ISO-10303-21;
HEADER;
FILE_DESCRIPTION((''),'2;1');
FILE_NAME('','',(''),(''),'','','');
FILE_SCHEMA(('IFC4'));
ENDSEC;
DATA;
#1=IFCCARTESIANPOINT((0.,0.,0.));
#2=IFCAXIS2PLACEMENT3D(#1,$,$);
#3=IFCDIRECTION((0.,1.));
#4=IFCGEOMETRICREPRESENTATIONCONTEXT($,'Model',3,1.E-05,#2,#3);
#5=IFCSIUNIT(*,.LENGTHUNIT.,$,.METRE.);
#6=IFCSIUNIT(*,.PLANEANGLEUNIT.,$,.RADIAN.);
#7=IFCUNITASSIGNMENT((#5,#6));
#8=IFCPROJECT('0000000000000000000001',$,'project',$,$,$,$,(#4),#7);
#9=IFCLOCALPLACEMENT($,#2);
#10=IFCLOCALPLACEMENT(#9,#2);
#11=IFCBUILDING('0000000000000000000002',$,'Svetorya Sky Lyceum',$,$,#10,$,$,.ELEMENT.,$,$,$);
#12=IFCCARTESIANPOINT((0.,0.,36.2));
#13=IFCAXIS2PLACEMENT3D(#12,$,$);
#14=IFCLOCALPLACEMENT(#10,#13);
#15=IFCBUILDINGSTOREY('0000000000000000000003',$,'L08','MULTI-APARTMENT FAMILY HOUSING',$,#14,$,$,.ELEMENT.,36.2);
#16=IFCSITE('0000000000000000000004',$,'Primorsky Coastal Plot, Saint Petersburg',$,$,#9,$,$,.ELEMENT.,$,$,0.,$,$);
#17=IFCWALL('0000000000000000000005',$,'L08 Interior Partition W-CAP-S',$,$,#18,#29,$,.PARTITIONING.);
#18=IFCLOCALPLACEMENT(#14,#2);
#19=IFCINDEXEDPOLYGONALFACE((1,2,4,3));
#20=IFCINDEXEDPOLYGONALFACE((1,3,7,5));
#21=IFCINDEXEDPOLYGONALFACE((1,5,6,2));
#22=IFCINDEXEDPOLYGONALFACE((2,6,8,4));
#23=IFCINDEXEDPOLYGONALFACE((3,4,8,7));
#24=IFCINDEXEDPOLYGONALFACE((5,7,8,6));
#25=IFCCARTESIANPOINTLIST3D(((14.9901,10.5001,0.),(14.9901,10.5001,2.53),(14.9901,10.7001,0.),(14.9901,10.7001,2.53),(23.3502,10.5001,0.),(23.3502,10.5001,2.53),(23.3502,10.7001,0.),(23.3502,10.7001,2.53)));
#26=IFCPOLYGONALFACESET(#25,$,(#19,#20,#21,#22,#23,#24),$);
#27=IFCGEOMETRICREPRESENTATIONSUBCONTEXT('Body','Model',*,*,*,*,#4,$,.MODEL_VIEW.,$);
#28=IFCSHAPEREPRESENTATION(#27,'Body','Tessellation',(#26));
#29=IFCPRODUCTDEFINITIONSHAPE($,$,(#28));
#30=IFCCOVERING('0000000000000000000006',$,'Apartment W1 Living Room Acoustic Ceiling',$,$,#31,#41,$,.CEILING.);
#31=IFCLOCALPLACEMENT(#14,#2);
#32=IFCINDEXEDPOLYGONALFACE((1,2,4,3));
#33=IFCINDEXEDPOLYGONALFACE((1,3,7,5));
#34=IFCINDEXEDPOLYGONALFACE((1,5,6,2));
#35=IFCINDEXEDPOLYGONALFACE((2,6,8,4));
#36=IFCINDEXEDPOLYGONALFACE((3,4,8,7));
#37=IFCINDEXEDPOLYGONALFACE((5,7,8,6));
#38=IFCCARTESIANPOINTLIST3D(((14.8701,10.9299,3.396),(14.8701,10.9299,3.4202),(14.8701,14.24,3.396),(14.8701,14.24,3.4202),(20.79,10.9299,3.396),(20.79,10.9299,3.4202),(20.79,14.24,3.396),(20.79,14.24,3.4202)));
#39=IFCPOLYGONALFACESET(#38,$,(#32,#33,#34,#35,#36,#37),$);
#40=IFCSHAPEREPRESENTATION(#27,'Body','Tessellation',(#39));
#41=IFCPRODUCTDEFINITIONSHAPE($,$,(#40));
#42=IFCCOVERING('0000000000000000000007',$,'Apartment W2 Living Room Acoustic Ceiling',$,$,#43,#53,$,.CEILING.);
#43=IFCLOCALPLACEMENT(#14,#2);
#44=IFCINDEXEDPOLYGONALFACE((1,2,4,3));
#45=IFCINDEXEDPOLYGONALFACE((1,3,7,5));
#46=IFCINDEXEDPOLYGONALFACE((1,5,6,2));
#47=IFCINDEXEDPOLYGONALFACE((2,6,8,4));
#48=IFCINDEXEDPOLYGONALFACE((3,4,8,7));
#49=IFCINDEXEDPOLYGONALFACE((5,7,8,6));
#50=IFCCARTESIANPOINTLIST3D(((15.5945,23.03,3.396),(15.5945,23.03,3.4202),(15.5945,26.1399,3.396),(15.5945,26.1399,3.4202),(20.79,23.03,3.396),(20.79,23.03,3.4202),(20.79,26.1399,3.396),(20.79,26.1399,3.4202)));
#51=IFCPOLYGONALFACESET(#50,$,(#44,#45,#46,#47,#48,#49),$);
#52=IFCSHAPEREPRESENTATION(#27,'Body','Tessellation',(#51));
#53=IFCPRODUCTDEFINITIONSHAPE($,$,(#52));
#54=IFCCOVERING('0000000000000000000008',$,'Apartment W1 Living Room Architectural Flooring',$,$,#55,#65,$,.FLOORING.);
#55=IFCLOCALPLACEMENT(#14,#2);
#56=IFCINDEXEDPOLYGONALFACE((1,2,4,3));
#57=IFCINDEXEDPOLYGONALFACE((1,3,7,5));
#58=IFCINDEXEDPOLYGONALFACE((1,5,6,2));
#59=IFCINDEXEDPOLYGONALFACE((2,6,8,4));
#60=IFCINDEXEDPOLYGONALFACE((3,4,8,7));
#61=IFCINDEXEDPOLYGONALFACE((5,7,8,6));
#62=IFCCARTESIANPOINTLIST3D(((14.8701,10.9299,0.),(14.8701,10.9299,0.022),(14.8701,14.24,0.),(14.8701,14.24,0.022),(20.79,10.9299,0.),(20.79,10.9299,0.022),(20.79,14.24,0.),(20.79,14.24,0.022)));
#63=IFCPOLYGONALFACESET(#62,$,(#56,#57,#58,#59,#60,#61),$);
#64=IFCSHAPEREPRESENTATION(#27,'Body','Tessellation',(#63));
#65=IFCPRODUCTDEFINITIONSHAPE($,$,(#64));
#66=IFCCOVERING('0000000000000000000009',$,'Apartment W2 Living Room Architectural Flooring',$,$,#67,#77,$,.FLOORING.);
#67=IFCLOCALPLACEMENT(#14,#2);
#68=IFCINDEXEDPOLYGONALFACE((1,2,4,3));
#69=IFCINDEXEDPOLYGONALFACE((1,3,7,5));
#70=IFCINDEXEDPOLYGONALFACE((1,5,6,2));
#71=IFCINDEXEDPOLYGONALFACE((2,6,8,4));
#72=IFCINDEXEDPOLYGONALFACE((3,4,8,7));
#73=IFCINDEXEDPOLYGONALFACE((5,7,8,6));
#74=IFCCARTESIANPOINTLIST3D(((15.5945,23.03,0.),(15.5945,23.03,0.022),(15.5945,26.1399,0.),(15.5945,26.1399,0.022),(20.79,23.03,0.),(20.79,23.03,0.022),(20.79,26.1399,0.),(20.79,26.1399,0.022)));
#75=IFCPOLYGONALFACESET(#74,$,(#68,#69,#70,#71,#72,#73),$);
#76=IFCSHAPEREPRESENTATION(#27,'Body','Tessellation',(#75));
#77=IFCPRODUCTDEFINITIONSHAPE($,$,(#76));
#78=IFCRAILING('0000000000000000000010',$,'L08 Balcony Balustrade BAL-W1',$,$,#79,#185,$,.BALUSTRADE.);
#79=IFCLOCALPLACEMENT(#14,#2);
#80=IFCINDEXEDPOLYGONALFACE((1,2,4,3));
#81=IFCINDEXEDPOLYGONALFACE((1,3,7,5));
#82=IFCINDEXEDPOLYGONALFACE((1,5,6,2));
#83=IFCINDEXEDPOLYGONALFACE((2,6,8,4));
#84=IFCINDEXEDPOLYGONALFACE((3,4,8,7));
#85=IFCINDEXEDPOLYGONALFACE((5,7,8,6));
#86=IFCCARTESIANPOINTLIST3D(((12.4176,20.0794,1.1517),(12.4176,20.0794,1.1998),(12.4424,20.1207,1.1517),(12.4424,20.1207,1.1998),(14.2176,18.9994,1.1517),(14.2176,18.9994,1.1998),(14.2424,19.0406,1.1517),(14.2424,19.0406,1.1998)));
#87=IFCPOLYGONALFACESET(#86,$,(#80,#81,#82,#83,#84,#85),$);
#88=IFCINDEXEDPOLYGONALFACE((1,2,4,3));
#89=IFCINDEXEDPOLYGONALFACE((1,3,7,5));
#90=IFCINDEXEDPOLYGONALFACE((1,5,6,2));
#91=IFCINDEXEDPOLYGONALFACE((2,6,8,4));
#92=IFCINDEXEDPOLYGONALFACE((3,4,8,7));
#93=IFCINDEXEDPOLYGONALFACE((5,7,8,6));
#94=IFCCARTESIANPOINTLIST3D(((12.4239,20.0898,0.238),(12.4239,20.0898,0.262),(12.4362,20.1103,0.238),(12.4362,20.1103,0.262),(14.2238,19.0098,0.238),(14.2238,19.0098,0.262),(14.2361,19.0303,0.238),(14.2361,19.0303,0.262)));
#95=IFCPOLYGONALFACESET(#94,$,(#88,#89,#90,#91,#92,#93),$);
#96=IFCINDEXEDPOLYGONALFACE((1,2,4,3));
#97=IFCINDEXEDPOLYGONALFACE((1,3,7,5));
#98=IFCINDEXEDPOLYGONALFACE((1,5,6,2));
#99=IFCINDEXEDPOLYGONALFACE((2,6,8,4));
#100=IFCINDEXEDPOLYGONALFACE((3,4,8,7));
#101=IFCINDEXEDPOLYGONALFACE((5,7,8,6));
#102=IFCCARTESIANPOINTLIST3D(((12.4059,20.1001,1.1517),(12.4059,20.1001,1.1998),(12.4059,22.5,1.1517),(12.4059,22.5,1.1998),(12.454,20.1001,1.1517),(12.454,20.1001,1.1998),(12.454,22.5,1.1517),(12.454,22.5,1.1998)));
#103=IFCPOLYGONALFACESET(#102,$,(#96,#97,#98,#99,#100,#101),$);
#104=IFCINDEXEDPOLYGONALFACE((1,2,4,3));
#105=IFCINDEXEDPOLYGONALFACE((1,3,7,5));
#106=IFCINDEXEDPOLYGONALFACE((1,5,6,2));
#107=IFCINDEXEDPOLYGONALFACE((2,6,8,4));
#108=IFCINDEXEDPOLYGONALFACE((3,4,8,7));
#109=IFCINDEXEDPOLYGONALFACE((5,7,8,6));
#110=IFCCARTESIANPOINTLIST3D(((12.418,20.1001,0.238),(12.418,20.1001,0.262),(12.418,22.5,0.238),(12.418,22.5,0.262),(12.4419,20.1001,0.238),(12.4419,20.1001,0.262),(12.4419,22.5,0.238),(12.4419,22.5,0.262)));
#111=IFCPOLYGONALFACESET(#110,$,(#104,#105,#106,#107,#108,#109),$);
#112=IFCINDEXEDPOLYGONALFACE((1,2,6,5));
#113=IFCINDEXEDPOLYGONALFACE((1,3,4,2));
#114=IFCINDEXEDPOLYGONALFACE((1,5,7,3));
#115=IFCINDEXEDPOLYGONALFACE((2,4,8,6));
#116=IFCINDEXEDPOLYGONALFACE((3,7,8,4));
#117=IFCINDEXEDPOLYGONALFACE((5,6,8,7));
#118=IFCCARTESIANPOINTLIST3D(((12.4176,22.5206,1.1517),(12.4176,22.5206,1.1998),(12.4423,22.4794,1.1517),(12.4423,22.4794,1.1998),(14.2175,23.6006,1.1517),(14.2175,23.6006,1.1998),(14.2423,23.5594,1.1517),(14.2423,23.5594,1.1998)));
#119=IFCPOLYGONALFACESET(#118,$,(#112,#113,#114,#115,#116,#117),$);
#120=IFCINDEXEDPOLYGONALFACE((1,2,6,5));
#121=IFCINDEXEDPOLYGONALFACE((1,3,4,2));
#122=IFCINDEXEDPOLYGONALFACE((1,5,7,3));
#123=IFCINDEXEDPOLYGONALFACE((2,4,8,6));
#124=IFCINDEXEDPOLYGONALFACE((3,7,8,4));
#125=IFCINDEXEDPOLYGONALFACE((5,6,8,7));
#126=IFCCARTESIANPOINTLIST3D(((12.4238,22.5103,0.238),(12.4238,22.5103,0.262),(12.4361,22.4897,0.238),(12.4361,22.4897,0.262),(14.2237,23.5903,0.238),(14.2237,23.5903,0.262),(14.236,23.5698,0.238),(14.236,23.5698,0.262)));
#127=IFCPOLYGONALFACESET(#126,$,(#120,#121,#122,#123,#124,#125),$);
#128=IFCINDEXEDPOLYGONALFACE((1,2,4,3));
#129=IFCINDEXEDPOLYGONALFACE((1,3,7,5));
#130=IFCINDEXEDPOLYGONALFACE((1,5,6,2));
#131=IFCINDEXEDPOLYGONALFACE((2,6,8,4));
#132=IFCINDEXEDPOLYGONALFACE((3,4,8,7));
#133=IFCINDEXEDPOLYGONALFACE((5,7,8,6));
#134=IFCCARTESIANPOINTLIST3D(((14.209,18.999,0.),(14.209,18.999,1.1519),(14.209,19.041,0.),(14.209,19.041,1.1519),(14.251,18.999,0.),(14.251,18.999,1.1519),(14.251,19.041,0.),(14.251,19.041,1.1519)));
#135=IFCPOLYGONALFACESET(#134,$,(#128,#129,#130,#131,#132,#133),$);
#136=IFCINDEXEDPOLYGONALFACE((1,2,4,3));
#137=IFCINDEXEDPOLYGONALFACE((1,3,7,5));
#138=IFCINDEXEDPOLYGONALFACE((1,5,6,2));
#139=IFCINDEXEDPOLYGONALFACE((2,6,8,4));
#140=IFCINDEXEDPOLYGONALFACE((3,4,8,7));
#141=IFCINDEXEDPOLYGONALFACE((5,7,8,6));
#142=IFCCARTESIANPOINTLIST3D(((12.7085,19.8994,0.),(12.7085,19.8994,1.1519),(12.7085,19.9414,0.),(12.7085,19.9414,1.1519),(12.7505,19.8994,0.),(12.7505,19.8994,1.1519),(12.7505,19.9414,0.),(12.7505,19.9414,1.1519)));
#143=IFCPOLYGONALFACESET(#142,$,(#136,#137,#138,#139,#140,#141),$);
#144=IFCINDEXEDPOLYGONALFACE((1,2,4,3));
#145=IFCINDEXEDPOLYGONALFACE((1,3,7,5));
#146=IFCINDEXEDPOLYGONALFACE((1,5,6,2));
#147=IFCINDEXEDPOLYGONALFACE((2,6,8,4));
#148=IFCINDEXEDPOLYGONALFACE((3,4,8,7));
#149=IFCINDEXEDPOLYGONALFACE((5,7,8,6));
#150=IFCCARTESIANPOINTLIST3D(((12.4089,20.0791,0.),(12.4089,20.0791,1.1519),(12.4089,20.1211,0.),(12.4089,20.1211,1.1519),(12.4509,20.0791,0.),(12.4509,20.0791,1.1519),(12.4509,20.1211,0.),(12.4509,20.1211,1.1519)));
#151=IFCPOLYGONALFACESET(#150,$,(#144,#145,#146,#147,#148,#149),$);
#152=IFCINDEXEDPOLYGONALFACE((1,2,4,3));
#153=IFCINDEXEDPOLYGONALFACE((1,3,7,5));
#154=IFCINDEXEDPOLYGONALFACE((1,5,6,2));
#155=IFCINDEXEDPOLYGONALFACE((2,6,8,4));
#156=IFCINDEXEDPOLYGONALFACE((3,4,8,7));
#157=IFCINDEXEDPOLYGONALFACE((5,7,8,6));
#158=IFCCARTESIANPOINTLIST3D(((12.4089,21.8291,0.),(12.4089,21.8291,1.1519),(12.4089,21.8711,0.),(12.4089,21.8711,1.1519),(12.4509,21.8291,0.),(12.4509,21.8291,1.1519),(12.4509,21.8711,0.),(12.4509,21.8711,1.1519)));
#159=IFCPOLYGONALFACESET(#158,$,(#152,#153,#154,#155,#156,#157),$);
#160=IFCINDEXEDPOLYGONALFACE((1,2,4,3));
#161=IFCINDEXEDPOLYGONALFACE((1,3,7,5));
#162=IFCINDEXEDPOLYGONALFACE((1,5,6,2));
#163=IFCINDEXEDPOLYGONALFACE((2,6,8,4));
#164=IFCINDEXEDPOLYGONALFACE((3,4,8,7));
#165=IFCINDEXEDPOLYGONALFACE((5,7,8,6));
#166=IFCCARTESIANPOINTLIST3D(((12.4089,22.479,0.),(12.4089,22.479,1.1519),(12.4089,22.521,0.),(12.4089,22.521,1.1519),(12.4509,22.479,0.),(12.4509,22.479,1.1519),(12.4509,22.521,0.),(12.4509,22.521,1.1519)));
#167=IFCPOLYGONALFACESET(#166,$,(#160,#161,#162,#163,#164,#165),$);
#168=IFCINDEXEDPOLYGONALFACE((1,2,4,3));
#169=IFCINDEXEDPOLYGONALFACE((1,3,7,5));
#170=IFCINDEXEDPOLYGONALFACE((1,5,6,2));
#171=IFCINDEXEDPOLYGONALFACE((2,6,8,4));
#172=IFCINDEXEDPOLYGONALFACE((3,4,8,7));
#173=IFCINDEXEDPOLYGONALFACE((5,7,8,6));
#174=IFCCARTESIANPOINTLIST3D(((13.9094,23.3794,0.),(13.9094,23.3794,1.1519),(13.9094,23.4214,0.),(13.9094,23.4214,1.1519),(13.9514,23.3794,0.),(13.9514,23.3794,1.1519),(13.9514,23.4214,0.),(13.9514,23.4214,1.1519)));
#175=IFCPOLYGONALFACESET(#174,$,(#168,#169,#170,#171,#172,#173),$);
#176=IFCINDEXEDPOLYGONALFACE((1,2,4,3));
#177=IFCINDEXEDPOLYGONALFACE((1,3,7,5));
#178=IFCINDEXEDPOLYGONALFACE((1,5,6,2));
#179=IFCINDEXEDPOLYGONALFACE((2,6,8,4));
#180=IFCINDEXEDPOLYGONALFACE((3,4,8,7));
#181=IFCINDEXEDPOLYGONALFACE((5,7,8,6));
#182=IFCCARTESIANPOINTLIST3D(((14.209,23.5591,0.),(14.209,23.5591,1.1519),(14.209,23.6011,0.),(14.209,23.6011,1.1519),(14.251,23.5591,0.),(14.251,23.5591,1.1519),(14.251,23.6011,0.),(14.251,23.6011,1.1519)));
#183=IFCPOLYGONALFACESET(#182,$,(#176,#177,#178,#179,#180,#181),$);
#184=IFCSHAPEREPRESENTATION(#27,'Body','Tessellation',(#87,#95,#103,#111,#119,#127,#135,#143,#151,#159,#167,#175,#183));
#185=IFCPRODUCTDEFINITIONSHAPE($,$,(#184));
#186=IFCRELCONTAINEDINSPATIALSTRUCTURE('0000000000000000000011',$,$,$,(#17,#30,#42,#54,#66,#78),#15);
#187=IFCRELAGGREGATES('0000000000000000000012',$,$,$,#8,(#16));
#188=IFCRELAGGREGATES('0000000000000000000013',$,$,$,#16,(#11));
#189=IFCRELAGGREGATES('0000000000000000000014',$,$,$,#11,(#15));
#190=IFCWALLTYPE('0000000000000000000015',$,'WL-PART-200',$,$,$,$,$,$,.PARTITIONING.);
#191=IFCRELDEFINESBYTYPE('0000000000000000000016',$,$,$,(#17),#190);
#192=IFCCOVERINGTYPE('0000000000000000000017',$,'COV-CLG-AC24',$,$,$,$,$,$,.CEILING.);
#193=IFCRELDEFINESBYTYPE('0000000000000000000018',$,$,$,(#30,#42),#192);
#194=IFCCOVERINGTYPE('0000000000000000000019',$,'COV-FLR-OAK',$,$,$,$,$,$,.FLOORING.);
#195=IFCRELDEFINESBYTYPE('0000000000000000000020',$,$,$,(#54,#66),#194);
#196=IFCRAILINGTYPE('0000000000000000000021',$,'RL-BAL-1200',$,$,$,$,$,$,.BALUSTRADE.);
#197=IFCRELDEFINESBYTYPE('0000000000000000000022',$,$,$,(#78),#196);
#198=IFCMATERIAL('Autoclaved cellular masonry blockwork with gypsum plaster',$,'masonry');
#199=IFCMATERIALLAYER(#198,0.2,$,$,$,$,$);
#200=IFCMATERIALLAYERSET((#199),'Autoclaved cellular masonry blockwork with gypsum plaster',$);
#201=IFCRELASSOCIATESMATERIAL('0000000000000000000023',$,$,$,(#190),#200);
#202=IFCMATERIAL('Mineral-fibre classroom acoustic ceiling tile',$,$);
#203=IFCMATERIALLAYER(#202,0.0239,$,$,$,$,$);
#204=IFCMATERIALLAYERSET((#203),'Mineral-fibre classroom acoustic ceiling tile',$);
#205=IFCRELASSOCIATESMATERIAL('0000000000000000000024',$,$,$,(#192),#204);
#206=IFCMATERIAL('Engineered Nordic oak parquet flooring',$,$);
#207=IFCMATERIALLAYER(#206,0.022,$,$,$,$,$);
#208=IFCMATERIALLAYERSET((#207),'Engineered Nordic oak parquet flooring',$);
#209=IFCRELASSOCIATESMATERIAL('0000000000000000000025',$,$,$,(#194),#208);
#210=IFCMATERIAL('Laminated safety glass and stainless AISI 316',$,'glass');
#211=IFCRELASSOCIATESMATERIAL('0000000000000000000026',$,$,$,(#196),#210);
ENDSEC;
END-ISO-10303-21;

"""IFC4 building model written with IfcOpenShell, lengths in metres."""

from ifc_helpers import new_model, si_unit, direction, frame, frame_2d, origin, origin_2d, place, context, subcontext, project, spatial, polyline, rectangle, outline, extrude, material, layer, layer_set, type_object, element, save


model = new_model("IFC4")

# Units and contexts
model_context = context("Model", 3, precision=1e-05, world=origin(), true_north=direction((0.0, 1.0)))
body_context = subcontext(model_context, "Body", "Model", "MODEL_VIEW")
ifc_project = project(units=[si_unit("LENGTHUNIT", "METRE"), si_unit("PLANEANGLEUNIT", "RADIAN")], contexts=[model_context])

# Site, building, storey
site_placement = place(None, origin())
site = spatial("IfcSite", under=ifc_project, at=site_placement, Name="Primorsky Coastal Plot, Saint Petersburg", CompositionType="ELEMENT", RefElevation=0.0)
building_placement = place(site_placement, origin())
building = spatial("IfcBuilding", under=site, at=building_placement, Name="Svetorya Sky Lyceum", CompositionType="ELEMENT")
storey_placement = place(building_placement, frame((0.0, 0.0, 36.2)))
storey = spatial("IfcBuildingStorey", under=building, at=storey_placement, Name="L08", Description="MULTI-APARTMENT FAMILY HOUSING", CompositionType="ELEMENT", Elevation=36.2)

# Wall
ifc_material_1 = material(Name="Autoclaved cellular masonry blockwork with gypsum plaster", Category="masonry")
ifc_layer_1 = layer(ifc_material_1, 0.2)
ifc_layer_set_1 = layer_set([ifc_layer_1], Name="Autoclaved cellular masonry blockwork with gypsum plaster")
wall_type_1 = type_object("IfcWallType", Name="WL-PART-200", PredefinedType="PARTITIONING", material=ifc_layer_set_1)
wall_1_placement = place(storey_placement, frame((14.99, 10.6001, 0.0), z_axis=(0.0, 0.0, 1.0), x_axis=(1.0, 0.0, 0.0)))
element("IfcWall", 1, at=wall_1_placement, inside=storey, type_object=wall_type_1, Name="L08 Interior Partition W-CAP-S", PredefinedType="PARTITIONING", context=body_context, shape_type="SweptSolid", body=[
    extrude(rectangle(XDim=8.3601, YDim=0.2, at=frame_2d((4.1802, 0.0))), origin(), (0.0, 0.0, 1.0), 2.53),
])

# Coverings
ifc_material_2 = material(Name="Mineral-fibre classroom acoustic ceiling tile")
ifc_layer_2 = layer(ifc_material_2, 0.0239)
ifc_layer_set_2 = layer_set([ifc_layer_2], Name="Mineral-fibre classroom acoustic ceiling tile")
covering_type_1 = type_object("IfcCoveringType", Name="COV-CLG-AC24", PredefinedType="CEILING", material=ifc_layer_set_2)
covering_1_placement = place(storey_placement, frame((0.0, 0.0, 3.396)))
element("IfcCovering", 2, at=covering_1_placement, inside=storey, type_object=covering_type_1, Name="Apartment W1 Living Room Acoustic Ceiling", PredefinedType="CEILING", context=body_context, shape_type="SweptSolid", body=[
    extrude(outline(polyline([(14.8701, 10.9299), (20.79, 10.9299), (20.79, 14.24), (14.8701, 14.24), (14.8701, 10.9299)])), origin(), (0.0, 0.0, 1.0), 0.0242),
])
covering_2_placement = place(storey_placement, frame((0.0, 0.0, 3.396)))
element("IfcCovering", 3, at=covering_2_placement, inside=storey, type_object=covering_type_1, Name="Apartment W2 Living Room Acoustic Ceiling", PredefinedType="CEILING", context=body_context, shape_type="SweptSolid", body=[
    extrude(outline(polyline([(15.5945, 23.03), (20.79, 23.03), (20.79, 26.1399), (15.5945, 26.1399), (15.5945, 23.03)])), origin(), (0.0, 0.0, 1.0), 0.0242),
])
ifc_material_3 = material(Name="Engineered Nordic oak parquet flooring")
ifc_layer_3 = layer(ifc_material_3, 0.022)
ifc_layer_set_3 = layer_set([ifc_layer_3], Name="Engineered Nordic oak parquet flooring")
covering_type_2 = type_object("IfcCoveringType", Name="COV-FLR-OAK", PredefinedType="FLOORING", material=ifc_layer_set_3)
covering_3_placement = place(storey_placement, origin())
element("IfcCovering", 4, at=covering_3_placement, inside=storey, type_object=covering_type_2, Name="Apartment W1 Living Room Architectural Flooring", PredefinedType="FLOORING", context=body_context, shape_type="SweptSolid", body=[
    extrude(outline(polyline([(14.8701, 10.9299), (20.79, 10.9299), (20.79, 14.24), (14.8701, 14.24), (14.8701, 10.9299)])), origin(), (0.0, 0.0, 1.0), 0.022),
])
covering_4_placement = place(storey_placement, origin())
element("IfcCovering", 5, at=covering_4_placement, inside=storey, type_object=covering_type_2, Name="Apartment W2 Living Room Architectural Flooring", PredefinedType="FLOORING", context=body_context, shape_type="SweptSolid", body=[
    extrude(outline(polyline([(15.5945, 23.03), (20.79, 23.03), (20.79, 26.1399), (15.5945, 26.1399), (15.5945, 23.03)])), origin(), (0.0, 0.0, 1.0), 0.022),
])

# Railing
ifc_material_4 = material(Name="Laminated safety glass and stainless AISI 316", Category="glass")
railing_type = type_object("IfcRailingType", Name="RL-BAL-1200", PredefinedType="BALUSTRADE", material=ifc_material_4)
railing_placement = place(storey_placement, frame((14.23, 19.02, 0.0)))
element("IfcRailing", 6, at=railing_placement, inside=storey, type_object=railing_type, Name="L08 Balcony Balustrade BAL-W1", PredefinedType="BALUSTRADE", context=body_context, shape_type="SweptSolid", body=[
    extrude(rectangle(XDim=0.0481, YDim=0.0481, at=origin_2d()), frame((0.0, 0.0, 1.1758), z_axis=(-0.857483, 0.514513, 0.0), x_axis=(-0.514513, -0.857483, 0.0)), (0.0, 0.0, 1.0), 2.0991),
    extrude(rectangle(XDim=0.0239, YDim=0.0239, at=origin_2d()), frame((0.0, 0.0, 0.25), z_axis=(-0.857483, 0.514513, 0.0), x_axis=(-0.514513, -0.857483, 0.0)), (0.0, 0.0, 1.0), 2.0991),
    extrude(rectangle(XDim=0.0481, YDim=0.0481, at=origin_2d()), frame((-1.8, 1.0801, 1.1758), z_axis=(0.0, 1.0, 0.0), x_axis=(-1.0, 0.0, 0.0)), (0.0, 0.0, 1.0), 2.3999),
    extrude(rectangle(XDim=0.0239, YDim=0.0239, at=origin_2d()), frame((-1.8, 1.0801, 0.25), z_axis=(0.0, 1.0, 0.0), x_axis=(-1.0, 0.0, 0.0)), (0.0, 0.0, 1.0), 2.3999),
    extrude(rectangle(XDim=0.0481, YDim=0.0481, at=origin_2d()), frame((-1.8, 3.48, 1.1758), z_axis=(0.857483, 0.514513, 0.0), x_axis=(-0.514513, 0.857483, 0.0)), (0.0, 0.0, 1.0), 2.0991),
    extrude(rectangle(XDim=0.0239, YDim=0.0239, at=origin_2d()), frame((-1.8, 3.48, 0.25), z_axis=(0.857483, 0.514513, 0.0), x_axis=(-0.514513, 0.857483, 0.0)), (0.0, 0.0, 1.0), 2.0991),
    extrude(rectangle(XDim=0.042, YDim=0.042, at=origin_2d()), origin(), (0.0, 0.0, 1.0), 1.1519),
    extrude(rectangle(XDim=0.042, YDim=0.042, at=origin_2d()), frame((-1.5005, 0.9004, 0.0)), (0.0, 0.0, 1.0), 1.1519),
    extrude(rectangle(XDim=0.042, YDim=0.042, at=origin_2d()), frame((-1.8, 1.0801, 0.0)), (0.0, 0.0, 1.0), 1.1519),
    extrude(rectangle(XDim=0.042, YDim=0.042, at=origin_2d()), frame((-1.8, 2.8301, 0.0)), (0.0, 0.0, 1.0), 1.1519),
    extrude(rectangle(XDim=0.042, YDim=0.042, at=origin_2d()), frame((-1.8, 3.48, 0.0)), (0.0, 0.0, 1.0), 1.1519),
    extrude(rectangle(XDim=0.042, YDim=0.042, at=origin_2d()), frame((-0.2996, 4.3804, 0.0)), (0.0, 0.0, 1.0), 1.1519),
    extrude(rectangle(XDim=0.042, YDim=0.042, at=origin_2d()), frame((0.0, 4.5601, 0.0)), (0.0, 0.0, 1.0), 1.1519),
])

save(model, "model.ifc")
